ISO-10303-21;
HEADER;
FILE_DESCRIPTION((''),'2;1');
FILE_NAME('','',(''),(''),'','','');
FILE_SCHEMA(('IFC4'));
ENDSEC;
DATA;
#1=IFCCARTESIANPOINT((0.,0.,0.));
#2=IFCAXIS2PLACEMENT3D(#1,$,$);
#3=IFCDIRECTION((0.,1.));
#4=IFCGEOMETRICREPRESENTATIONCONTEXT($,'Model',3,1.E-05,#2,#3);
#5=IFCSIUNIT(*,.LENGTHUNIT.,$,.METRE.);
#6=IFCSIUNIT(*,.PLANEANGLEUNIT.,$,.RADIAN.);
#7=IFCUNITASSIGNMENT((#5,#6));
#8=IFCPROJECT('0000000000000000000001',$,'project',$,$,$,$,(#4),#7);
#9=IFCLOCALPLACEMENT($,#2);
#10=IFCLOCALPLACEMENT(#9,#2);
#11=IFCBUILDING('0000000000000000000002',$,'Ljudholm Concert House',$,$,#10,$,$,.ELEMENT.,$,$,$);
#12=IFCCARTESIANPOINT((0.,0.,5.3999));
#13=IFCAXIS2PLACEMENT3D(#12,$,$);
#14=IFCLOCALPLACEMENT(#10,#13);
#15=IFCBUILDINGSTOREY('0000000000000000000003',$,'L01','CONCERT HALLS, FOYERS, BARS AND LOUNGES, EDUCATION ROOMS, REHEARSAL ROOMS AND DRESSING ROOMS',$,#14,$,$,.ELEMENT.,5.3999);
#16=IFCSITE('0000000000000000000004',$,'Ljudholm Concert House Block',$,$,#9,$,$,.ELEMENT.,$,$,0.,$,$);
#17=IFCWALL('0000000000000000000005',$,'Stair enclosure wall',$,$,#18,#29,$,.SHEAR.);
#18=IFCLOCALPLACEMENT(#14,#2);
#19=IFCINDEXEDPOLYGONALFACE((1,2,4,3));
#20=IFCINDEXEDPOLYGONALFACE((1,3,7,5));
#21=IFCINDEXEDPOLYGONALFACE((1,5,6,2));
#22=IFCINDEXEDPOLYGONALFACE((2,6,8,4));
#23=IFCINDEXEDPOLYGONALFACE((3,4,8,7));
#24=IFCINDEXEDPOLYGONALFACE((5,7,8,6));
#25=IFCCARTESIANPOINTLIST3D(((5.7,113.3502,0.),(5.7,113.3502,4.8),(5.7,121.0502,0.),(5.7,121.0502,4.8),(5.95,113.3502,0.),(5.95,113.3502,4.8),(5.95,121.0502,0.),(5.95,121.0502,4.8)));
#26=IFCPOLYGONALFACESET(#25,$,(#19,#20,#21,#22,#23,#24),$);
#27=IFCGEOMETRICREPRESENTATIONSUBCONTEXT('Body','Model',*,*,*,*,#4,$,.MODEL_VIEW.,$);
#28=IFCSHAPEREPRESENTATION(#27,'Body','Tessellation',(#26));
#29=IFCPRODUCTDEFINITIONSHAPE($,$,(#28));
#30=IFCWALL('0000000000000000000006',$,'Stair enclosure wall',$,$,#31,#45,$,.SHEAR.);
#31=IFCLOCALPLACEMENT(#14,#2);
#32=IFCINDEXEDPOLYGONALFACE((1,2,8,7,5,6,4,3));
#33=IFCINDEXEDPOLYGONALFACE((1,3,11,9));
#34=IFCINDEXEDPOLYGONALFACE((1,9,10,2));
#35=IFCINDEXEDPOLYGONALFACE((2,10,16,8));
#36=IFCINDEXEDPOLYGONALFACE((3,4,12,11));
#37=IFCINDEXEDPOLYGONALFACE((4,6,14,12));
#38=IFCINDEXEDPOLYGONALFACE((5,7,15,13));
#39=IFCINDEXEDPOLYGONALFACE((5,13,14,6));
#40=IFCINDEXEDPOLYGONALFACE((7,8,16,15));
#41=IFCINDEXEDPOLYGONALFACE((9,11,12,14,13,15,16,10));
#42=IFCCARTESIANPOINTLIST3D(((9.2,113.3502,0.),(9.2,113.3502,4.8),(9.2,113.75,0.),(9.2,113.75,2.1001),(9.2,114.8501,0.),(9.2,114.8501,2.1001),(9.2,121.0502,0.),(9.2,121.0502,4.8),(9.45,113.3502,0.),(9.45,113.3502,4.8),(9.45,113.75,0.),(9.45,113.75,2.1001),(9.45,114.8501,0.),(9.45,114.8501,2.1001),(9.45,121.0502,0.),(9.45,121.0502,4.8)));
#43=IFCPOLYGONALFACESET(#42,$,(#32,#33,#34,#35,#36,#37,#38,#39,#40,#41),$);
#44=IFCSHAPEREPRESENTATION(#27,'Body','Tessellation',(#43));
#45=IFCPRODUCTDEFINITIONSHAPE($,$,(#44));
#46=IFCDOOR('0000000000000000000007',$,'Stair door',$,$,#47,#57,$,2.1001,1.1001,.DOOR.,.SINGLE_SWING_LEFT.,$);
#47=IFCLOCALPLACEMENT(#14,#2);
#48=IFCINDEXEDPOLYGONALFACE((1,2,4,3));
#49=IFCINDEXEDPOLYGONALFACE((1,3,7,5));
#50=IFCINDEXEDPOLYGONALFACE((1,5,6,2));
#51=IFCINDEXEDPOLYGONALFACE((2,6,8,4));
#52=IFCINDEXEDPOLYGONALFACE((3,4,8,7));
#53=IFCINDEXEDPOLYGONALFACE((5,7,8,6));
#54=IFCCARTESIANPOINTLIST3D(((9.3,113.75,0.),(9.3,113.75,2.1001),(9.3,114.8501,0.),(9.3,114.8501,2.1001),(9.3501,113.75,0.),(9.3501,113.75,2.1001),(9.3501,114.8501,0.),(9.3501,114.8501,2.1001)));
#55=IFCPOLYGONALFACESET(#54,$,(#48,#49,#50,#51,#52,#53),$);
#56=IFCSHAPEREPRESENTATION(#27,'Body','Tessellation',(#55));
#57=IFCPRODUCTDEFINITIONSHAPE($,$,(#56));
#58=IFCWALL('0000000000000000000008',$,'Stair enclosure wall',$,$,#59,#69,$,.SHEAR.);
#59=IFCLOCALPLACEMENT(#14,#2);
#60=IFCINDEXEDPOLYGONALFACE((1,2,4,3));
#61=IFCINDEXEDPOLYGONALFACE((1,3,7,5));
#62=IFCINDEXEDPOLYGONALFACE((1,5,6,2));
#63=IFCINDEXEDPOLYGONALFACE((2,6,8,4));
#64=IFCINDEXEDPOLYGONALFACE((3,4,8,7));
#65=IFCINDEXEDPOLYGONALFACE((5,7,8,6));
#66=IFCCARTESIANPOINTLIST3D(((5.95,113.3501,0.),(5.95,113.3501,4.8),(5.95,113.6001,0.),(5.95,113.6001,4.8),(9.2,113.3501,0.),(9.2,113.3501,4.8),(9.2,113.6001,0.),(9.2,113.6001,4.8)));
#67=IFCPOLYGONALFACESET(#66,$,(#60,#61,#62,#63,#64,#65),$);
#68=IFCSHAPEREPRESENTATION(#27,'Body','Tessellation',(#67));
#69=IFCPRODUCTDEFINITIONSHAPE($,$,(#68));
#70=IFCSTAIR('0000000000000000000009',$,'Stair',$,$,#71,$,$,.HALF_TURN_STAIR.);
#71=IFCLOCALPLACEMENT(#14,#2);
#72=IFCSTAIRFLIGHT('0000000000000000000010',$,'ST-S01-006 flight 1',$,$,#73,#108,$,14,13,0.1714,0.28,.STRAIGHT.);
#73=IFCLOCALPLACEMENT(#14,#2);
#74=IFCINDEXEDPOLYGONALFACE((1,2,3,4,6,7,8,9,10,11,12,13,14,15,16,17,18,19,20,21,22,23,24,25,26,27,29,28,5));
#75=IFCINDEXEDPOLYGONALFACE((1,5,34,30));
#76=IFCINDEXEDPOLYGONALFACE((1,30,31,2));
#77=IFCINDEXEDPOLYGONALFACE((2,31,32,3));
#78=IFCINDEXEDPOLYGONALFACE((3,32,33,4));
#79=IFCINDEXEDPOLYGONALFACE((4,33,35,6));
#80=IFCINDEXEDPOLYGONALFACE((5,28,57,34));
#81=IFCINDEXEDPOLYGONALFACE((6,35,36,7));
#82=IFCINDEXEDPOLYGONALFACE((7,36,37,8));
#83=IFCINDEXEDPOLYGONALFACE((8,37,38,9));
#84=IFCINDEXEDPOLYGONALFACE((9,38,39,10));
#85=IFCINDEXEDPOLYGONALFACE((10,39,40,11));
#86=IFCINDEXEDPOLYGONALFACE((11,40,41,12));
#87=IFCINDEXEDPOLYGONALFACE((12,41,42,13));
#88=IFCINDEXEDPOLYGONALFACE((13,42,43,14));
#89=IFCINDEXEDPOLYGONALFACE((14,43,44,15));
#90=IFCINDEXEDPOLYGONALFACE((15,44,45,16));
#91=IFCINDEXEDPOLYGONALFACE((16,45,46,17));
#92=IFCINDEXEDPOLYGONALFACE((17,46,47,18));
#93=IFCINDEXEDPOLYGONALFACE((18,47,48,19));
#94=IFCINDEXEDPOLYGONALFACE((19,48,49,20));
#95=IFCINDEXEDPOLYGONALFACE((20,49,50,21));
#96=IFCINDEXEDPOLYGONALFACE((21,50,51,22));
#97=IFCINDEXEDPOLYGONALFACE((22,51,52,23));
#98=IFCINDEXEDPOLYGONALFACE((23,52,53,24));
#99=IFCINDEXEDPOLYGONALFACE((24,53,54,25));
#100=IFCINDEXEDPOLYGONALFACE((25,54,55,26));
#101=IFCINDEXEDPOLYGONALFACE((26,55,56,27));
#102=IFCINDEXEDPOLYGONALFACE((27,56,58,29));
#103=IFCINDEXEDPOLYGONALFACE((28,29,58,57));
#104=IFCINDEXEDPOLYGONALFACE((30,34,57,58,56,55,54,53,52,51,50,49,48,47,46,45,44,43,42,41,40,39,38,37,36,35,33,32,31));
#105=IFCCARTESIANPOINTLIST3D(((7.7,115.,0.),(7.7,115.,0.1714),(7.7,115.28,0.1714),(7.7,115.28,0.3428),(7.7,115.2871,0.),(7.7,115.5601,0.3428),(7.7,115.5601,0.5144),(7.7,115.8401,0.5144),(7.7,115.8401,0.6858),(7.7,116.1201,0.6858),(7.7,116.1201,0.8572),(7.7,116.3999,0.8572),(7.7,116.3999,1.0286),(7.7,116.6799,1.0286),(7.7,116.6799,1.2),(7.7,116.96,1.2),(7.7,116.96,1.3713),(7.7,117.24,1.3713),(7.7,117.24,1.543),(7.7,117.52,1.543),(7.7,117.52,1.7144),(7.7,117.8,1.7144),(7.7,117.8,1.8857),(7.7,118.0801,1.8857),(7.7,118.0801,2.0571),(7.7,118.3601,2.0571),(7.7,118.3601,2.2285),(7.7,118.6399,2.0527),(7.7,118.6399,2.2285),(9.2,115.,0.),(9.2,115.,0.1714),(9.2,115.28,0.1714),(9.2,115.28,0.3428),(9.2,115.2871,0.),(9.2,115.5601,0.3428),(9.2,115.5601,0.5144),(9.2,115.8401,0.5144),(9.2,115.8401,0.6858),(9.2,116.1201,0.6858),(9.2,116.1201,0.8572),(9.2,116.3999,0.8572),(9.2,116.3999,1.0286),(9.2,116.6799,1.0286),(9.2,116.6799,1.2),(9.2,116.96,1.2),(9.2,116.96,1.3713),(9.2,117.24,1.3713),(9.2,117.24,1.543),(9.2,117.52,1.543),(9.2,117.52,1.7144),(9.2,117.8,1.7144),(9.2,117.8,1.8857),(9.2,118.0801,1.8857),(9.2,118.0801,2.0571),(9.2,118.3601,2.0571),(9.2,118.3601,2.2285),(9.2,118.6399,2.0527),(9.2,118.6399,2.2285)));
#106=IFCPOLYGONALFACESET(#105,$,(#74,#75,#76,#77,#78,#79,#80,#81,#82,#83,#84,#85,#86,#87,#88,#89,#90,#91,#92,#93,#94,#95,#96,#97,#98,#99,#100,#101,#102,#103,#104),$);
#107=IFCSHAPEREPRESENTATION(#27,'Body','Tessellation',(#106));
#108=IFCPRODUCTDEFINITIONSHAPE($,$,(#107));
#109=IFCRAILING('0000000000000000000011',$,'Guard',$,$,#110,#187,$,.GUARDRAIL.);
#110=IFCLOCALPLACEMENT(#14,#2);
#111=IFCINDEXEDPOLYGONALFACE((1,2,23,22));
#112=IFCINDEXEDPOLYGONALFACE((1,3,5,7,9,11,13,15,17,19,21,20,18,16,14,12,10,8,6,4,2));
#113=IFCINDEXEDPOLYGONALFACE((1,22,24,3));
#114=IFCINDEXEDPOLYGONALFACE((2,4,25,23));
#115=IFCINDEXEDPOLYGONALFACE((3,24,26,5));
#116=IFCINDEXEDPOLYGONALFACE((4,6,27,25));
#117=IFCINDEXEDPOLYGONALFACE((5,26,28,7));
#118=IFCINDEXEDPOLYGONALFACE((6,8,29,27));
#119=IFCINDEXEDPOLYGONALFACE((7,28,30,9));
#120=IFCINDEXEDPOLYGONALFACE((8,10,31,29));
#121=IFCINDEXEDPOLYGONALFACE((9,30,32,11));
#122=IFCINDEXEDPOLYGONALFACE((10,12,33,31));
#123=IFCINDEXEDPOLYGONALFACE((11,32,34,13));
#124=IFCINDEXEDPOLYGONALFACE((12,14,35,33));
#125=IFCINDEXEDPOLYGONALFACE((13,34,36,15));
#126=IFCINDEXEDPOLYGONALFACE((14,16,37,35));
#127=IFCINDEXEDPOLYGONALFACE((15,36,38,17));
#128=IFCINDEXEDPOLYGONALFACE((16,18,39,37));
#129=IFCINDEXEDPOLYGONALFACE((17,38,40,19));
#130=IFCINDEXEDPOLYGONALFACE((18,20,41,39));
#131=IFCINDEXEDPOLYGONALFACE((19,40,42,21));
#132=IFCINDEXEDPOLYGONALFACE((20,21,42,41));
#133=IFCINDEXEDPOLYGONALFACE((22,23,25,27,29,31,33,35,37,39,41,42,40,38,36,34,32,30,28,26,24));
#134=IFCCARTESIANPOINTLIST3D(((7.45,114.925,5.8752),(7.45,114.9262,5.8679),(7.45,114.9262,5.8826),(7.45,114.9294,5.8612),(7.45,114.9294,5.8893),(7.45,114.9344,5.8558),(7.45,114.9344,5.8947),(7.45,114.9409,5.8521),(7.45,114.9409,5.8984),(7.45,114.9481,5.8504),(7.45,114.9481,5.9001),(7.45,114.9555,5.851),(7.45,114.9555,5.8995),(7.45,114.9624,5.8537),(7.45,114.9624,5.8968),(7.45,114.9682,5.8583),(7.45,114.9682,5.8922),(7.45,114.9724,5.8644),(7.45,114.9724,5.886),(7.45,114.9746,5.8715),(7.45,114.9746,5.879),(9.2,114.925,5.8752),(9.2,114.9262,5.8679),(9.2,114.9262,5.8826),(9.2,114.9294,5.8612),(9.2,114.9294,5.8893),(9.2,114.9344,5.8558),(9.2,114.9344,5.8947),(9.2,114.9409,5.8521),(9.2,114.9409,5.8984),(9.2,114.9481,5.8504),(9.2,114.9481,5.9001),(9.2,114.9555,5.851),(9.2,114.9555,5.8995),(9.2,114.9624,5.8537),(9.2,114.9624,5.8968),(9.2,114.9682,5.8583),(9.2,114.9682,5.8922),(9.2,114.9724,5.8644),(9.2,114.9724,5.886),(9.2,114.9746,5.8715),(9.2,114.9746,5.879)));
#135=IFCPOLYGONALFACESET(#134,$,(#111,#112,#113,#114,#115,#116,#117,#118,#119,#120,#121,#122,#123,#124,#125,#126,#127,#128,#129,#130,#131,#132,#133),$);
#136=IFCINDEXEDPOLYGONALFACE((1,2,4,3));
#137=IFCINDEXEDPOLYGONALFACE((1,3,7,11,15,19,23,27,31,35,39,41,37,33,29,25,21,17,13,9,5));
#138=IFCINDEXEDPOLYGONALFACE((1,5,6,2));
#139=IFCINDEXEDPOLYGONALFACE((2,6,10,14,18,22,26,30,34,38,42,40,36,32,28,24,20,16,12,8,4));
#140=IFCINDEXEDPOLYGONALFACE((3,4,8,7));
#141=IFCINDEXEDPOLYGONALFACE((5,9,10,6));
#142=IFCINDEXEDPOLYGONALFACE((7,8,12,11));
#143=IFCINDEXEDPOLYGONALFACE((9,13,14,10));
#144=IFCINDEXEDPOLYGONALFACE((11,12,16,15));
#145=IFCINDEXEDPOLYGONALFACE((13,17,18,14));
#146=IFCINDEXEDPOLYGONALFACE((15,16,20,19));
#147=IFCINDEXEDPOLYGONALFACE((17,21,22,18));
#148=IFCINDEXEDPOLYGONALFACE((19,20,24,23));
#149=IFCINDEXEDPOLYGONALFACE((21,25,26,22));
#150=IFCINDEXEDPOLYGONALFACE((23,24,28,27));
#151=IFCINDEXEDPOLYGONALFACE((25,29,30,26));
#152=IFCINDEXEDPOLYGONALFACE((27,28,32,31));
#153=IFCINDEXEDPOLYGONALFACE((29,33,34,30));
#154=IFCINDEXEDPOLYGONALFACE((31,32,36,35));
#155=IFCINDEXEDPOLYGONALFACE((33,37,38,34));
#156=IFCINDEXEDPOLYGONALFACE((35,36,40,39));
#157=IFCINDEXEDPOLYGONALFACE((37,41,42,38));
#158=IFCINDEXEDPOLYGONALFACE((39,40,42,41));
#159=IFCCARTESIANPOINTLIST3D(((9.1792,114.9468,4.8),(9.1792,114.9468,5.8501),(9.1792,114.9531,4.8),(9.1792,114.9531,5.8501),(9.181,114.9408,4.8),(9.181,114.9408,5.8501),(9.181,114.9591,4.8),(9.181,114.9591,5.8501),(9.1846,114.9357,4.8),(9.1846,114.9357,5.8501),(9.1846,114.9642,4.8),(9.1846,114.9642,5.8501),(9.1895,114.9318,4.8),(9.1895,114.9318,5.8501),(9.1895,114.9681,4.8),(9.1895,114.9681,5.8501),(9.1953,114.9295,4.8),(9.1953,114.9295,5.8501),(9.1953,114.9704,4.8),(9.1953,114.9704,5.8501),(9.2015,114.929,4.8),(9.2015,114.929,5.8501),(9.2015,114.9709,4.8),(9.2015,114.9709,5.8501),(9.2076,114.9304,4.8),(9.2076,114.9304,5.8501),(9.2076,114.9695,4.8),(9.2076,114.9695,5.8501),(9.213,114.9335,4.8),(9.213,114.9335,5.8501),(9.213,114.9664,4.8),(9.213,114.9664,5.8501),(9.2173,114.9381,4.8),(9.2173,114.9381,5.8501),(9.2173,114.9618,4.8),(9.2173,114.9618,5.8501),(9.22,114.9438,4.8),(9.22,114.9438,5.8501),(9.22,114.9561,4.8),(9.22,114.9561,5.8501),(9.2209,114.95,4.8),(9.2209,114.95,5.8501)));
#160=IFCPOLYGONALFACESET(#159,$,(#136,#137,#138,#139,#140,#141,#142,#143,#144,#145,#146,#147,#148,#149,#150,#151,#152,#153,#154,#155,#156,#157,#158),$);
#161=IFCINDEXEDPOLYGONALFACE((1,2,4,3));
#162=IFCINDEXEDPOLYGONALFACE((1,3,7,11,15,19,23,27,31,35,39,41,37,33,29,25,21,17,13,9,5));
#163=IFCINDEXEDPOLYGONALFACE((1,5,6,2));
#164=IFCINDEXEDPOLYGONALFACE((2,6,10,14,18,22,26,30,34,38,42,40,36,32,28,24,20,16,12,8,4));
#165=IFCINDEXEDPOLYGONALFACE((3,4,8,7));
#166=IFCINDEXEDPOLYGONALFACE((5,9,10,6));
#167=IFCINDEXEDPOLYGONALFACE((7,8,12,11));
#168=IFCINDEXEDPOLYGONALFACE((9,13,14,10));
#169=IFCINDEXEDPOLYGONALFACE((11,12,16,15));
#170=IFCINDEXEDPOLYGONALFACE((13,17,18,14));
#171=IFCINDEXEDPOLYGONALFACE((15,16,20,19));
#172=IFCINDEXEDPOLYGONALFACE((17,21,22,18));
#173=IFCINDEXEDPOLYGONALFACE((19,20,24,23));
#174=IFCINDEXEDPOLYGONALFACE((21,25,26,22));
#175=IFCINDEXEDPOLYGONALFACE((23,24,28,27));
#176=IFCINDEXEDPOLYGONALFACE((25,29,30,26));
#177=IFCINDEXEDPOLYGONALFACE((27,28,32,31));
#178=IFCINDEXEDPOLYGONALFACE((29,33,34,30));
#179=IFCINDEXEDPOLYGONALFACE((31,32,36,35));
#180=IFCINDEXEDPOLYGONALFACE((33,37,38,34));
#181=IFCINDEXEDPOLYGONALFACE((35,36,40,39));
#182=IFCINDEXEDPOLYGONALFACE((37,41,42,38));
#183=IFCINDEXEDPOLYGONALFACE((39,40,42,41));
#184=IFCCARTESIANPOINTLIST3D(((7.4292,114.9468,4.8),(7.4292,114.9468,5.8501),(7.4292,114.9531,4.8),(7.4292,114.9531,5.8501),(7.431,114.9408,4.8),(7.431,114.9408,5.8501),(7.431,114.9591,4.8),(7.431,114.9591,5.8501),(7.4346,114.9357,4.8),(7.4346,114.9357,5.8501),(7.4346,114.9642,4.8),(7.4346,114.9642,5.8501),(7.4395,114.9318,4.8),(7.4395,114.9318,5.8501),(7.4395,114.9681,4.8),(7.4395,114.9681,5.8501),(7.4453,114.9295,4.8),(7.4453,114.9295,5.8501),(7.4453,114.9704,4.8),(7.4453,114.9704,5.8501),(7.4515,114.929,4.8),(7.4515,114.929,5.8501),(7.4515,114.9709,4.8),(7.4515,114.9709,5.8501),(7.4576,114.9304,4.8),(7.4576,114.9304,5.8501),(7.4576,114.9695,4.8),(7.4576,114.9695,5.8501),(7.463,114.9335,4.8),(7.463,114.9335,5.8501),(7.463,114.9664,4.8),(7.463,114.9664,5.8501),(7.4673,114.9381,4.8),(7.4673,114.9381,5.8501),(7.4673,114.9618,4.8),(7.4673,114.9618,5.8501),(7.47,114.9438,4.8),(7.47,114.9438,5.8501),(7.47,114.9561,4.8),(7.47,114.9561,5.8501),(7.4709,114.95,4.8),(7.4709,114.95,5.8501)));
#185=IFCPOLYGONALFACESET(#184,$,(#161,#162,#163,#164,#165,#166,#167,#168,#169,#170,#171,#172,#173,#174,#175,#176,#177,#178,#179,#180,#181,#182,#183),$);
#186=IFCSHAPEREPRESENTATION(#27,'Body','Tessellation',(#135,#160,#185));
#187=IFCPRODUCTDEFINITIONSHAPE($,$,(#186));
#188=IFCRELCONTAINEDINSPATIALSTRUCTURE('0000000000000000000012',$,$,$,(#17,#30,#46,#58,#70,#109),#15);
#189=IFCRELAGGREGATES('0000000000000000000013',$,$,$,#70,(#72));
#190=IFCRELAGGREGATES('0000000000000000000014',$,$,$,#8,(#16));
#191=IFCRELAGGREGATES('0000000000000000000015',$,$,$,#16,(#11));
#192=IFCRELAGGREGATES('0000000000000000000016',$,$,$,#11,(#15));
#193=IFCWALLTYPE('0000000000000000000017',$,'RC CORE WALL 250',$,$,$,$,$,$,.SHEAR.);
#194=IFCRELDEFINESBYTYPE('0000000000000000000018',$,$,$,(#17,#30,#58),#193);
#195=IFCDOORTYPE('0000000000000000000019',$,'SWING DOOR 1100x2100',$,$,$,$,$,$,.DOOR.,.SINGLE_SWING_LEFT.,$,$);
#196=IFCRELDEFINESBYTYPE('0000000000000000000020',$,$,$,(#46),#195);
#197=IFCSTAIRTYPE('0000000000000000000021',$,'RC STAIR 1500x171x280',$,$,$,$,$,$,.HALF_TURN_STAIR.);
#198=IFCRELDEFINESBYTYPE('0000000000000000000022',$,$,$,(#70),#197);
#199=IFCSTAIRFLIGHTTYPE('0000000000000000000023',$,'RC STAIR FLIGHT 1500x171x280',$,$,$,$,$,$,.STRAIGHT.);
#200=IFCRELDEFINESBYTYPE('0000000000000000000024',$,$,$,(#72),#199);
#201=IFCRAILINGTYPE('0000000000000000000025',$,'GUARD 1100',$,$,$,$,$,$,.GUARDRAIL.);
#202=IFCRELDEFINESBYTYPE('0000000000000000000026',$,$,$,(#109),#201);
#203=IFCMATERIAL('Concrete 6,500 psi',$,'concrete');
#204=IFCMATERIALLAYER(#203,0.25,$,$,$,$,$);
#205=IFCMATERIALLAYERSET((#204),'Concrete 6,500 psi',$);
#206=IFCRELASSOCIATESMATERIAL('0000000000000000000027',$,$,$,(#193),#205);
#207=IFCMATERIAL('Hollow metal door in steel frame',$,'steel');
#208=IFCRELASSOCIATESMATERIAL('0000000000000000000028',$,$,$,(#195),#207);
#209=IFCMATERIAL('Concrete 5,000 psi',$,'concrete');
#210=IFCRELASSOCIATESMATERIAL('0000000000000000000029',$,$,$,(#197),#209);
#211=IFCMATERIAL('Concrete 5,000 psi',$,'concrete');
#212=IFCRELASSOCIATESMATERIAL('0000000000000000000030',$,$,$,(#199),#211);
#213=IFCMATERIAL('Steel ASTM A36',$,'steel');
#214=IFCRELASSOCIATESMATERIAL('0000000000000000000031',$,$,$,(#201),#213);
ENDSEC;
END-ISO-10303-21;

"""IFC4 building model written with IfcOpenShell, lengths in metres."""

from ifc_helpers import new_model, si_unit, direction, frame, frame_2d, origin, origin_2d, place, context, subcontext, project, spatial, polyline, rectangle, circle, outline, extrude, material, layer, layer_set, type_object, element, fill, aggregate, save


model = new_model("IFC4")

# Units and contexts
model_context = context("Model", 3, precision=1e-05, world=origin(), true_north=direction((0.0, 1.0)))
body_context = subcontext(model_context, "Body", "Model", "MODEL_VIEW")
ifc_project = project(units=[si_unit("LENGTHUNIT", "METRE"), si_unit("PLANEANGLEUNIT", "RADIAN")], contexts=[model_context])

# Site, building, storey
site_placement = place(None, origin())
site = spatial("IfcSite", under=ifc_project, at=site_placement, Name="Ljudholm Concert House Block", CompositionType="ELEMENT", RefElevation=0.0)
building_placement = place(site_placement, origin())
building = spatial("IfcBuilding", under=site, at=building_placement, Name="Ljudholm Concert House", CompositionType="ELEMENT")
storey_placement = place(building_placement, frame((0.0, 0.0, 5.3999)))
storey = spatial("IfcBuildingStorey", under=building, at=storey_placement, Name="L01", Description="CONCERT HALLS, FOYERS, BARS AND LOUNGES, EDUCATION ROOMS, REHEARSAL ROOMS AND DRESSING ROOMS", CompositionType="ELEMENT", Elevation=5.3999)

# Wall
ifc_material_1 = material(Name="Concrete 6,500 psi", Category="concrete")
ifc_layer_1 = layer(ifc_material_1, 0.25)
ifc_layer_set_1 = layer_set([ifc_layer_1], Name="Concrete 6,500 psi")
wall_type_1 = type_object("IfcWallType", Name="RC CORE WALL 250", PredefinedType="SHEAR", material=ifc_layer_set_1)
wall_1_placement = place(storey_placement, frame((5.825, 113.3501, 0.0), z_axis=(0.0, 0.0, 1.0), x_axis=(0.0, 1.0, 0.0)))
element("IfcWall", 1, at=wall_1_placement, inside=storey, type_object=wall_type_1, Name="Stair enclosure wall", PredefinedType="SHEAR", context=body_context, shape_type="SweptSolid", body=[
    extrude(rectangle(XDim=7.7, YDim=0.25, at=frame_2d((3.8501, 0.0))), origin(), (0.0, 0.0, 1.0), 4.8),
])

# Wall, opening, door
wall_2_placement = place(storey_placement, frame((9.325, 113.3501, 0.0), z_axis=(0.0, 0.0, 1.0), x_axis=(0.0, 1.0, 0.0)))
wall_2 = element("IfcWall", 2, at=wall_2_placement, inside=storey, type_object=wall_type_1, Name="Stair enclosure wall", PredefinedType="SHEAR", context=body_context, shape_type="SweptSolid", body=[
    extrude(rectangle(XDim=7.7, YDim=0.25, at=frame_2d((3.8501, 0.0))), origin(), (0.0, 0.0, 1.0), 4.8),
])
opening_1_placement = place(wall_2_placement, frame((0.3999, 0.0, 0.0)))
opening_1 = element("IfcOpeningElement", 3, at=opening_1_placement, cuts=wall_2, PredefinedType="OPENING", context=body_context, shape_type="SweptSolid", body=[
    extrude(rectangle(XDim=1.1001, YDim=2.1001, at=frame_2d((0.55, 1.05))), frame((0.0, 0.135, 0.0), z_axis=(0.0, -1.0, 0.0), x_axis=(1.0, 0.0, 0.0)), (0.0, 0.0, 1.0), 0.27),
])
ifc_material_2 = material(Name="Hollow metal door in steel frame", Category="steel")
door_type_1 = type_object("IfcDoorType", Name="SWING DOOR 1100x2100", OperationType="SINGLE_SWING_LEFT", PredefinedType="DOOR", material=ifc_material_2)
door_1_placement = place(opening_1_placement, origin())
door_1 = element("IfcDoor", 4, at=door_1_placement, inside=storey, type_object=door_type_1, Name="Stair door", OperationType="SINGLE_SWING_LEFT", OverallHeight=2.1001, OverallWidth=1.1001, PredefinedType="DOOR", context=body_context, shape_type="SweptSolid", body=[
    extrude(rectangle(XDim=1.1001, YDim=2.1001, at=frame_2d((0.55, 1.05))), frame((0.0, 0.0249, 0.0), z_axis=(0.0, -1.0, 0.0), x_axis=(1.0, 0.0, 0.0)), (0.0, 0.0, 1.0), 0.05),
])
fill(opening_1, door_1)

# Wall
wall_3_placement = place(storey_placement, frame((5.95, 113.4751, 0.0), z_axis=(0.0, 0.0, 1.0), x_axis=(1.0, 0.0, 0.0)))
element("IfcWall", 5, at=wall_3_placement, inside=storey, type_object=wall_type_1, Name="Stair enclosure wall", PredefinedType="SHEAR", context=body_context, shape_type="SweptSolid", body=[
    extrude(rectangle(XDim=3.25, YDim=0.25, at=frame_2d((1.625, 0.0))), origin(), (0.0, 0.0, 1.0), 4.8),
])

# Stair, stair flight
ifc_material_3 = material(Name="Concrete 5,000 psi", Category="concrete")
stair_type = type_object("IfcStairType", Name="RC STAIR 1500x171x280", PredefinedType="HALF_TURN_STAIR", material=ifc_material_3)
stair_placement = place(storey_placement, origin())
stair = element("IfcStair", 6, at=stair_placement, inside=storey, type_object=stair_type, Name="Stair", PredefinedType="HALF_TURN_STAIR")
ifc_material_4 = material(Name="Concrete 5,000 psi", Category="concrete")
stair_flight_type = type_object("IfcStairFlightType", Name="RC STAIR FLIGHT 1500x171x280", PredefinedType="STRAIGHT", material=ifc_material_4)
stair_flight_placement = place(storey_placement, frame((8.45, 115.0, 0.0), z_axis=(0.0, 0.0, 1.0), x_axis=(0.0, 1.0, 0.0)))
stair_flight = element("IfcStairFlight", 7, at=stair_flight_placement, type_object=stair_flight_type, Name="ST-S01-006 flight 1", NumberOfRisers=14, NumberOfTreads=13, PredefinedType="STRAIGHT", RiserHeight=0.1714, TreadLength=0.28, context=body_context, shape_type="SweptSolid", body=[
    extrude(outline(polyline([(0.0, 0.0), (0.0, 0.1714), (0.28, 0.1714), (0.28, 0.3428), (0.5601, 0.3428), (0.5601, 0.5144), (0.8401, 0.5144), (0.8401, 0.6858), (1.1201, 0.6858), (1.1201, 0.8572), (1.3999, 0.8572), (1.3999, 1.0286), (1.6799, 1.0286), (1.6799, 1.2), (1.96, 1.2), (1.96, 1.3713), (2.24, 1.3713), (2.24, 1.543), (2.52, 1.543), (2.52, 1.7144), (2.8, 1.7144), (2.8, 1.8857), (3.0801, 1.8857), (3.0801, 2.0571), (3.3601, 2.0571), (3.3601, 2.2285), (3.6399, 2.2285), (3.6399, 2.3999), (3.6399, 2.0527), (0.2871, 0.0), (0.0, 0.0)])), frame((0.0, 0.75, 0.0), z_axis=(0.0, -1.0, 0.0), x_axis=(1.0, 0.0, 0.0)), (0.0, 0.0, 1.0), 1.5),
])
aggregate(stair, [stair_flight])

# Railing
ifc_material_5 = material(Name="Steel ASTM A36", Category="steel")
railing_type_1 = type_object("IfcRailingType", Name="GUARD 1100", PredefinedType="GUARDRAIL", material=ifc_material_5)
railing_1_placement = place(storey_placement, frame((9.2, 114.95, 4.8)))
element("IfcRailing", 8, at=railing_1_placement, inside=storey, type_object=railing_type_1, Name="Guard", PredefinedType="GUARDRAIL", context=body_context, shape_type="SweptSolid", body=[
    extrude(circle(Radius=0.0249, at=origin_2d()), frame((0.0, 0.0, 1.0752), z_axis=(-1.0, 0.0, 0.0), x_axis=(0.0, -1.0, 0.0)), (0.0, 0.0, 1.0), 1.75),
    extrude(circle(Radius=0.021, at=origin_2d()), origin(), (0.0, 0.0, 1.0), 1.05),
    extrude(circle(Radius=0.021, at=origin_2d()), frame((-1.75, 0.0, 0.0)), (0.0, 0.0, 1.0), 1.05),
])

save(model, "model.ifc")
